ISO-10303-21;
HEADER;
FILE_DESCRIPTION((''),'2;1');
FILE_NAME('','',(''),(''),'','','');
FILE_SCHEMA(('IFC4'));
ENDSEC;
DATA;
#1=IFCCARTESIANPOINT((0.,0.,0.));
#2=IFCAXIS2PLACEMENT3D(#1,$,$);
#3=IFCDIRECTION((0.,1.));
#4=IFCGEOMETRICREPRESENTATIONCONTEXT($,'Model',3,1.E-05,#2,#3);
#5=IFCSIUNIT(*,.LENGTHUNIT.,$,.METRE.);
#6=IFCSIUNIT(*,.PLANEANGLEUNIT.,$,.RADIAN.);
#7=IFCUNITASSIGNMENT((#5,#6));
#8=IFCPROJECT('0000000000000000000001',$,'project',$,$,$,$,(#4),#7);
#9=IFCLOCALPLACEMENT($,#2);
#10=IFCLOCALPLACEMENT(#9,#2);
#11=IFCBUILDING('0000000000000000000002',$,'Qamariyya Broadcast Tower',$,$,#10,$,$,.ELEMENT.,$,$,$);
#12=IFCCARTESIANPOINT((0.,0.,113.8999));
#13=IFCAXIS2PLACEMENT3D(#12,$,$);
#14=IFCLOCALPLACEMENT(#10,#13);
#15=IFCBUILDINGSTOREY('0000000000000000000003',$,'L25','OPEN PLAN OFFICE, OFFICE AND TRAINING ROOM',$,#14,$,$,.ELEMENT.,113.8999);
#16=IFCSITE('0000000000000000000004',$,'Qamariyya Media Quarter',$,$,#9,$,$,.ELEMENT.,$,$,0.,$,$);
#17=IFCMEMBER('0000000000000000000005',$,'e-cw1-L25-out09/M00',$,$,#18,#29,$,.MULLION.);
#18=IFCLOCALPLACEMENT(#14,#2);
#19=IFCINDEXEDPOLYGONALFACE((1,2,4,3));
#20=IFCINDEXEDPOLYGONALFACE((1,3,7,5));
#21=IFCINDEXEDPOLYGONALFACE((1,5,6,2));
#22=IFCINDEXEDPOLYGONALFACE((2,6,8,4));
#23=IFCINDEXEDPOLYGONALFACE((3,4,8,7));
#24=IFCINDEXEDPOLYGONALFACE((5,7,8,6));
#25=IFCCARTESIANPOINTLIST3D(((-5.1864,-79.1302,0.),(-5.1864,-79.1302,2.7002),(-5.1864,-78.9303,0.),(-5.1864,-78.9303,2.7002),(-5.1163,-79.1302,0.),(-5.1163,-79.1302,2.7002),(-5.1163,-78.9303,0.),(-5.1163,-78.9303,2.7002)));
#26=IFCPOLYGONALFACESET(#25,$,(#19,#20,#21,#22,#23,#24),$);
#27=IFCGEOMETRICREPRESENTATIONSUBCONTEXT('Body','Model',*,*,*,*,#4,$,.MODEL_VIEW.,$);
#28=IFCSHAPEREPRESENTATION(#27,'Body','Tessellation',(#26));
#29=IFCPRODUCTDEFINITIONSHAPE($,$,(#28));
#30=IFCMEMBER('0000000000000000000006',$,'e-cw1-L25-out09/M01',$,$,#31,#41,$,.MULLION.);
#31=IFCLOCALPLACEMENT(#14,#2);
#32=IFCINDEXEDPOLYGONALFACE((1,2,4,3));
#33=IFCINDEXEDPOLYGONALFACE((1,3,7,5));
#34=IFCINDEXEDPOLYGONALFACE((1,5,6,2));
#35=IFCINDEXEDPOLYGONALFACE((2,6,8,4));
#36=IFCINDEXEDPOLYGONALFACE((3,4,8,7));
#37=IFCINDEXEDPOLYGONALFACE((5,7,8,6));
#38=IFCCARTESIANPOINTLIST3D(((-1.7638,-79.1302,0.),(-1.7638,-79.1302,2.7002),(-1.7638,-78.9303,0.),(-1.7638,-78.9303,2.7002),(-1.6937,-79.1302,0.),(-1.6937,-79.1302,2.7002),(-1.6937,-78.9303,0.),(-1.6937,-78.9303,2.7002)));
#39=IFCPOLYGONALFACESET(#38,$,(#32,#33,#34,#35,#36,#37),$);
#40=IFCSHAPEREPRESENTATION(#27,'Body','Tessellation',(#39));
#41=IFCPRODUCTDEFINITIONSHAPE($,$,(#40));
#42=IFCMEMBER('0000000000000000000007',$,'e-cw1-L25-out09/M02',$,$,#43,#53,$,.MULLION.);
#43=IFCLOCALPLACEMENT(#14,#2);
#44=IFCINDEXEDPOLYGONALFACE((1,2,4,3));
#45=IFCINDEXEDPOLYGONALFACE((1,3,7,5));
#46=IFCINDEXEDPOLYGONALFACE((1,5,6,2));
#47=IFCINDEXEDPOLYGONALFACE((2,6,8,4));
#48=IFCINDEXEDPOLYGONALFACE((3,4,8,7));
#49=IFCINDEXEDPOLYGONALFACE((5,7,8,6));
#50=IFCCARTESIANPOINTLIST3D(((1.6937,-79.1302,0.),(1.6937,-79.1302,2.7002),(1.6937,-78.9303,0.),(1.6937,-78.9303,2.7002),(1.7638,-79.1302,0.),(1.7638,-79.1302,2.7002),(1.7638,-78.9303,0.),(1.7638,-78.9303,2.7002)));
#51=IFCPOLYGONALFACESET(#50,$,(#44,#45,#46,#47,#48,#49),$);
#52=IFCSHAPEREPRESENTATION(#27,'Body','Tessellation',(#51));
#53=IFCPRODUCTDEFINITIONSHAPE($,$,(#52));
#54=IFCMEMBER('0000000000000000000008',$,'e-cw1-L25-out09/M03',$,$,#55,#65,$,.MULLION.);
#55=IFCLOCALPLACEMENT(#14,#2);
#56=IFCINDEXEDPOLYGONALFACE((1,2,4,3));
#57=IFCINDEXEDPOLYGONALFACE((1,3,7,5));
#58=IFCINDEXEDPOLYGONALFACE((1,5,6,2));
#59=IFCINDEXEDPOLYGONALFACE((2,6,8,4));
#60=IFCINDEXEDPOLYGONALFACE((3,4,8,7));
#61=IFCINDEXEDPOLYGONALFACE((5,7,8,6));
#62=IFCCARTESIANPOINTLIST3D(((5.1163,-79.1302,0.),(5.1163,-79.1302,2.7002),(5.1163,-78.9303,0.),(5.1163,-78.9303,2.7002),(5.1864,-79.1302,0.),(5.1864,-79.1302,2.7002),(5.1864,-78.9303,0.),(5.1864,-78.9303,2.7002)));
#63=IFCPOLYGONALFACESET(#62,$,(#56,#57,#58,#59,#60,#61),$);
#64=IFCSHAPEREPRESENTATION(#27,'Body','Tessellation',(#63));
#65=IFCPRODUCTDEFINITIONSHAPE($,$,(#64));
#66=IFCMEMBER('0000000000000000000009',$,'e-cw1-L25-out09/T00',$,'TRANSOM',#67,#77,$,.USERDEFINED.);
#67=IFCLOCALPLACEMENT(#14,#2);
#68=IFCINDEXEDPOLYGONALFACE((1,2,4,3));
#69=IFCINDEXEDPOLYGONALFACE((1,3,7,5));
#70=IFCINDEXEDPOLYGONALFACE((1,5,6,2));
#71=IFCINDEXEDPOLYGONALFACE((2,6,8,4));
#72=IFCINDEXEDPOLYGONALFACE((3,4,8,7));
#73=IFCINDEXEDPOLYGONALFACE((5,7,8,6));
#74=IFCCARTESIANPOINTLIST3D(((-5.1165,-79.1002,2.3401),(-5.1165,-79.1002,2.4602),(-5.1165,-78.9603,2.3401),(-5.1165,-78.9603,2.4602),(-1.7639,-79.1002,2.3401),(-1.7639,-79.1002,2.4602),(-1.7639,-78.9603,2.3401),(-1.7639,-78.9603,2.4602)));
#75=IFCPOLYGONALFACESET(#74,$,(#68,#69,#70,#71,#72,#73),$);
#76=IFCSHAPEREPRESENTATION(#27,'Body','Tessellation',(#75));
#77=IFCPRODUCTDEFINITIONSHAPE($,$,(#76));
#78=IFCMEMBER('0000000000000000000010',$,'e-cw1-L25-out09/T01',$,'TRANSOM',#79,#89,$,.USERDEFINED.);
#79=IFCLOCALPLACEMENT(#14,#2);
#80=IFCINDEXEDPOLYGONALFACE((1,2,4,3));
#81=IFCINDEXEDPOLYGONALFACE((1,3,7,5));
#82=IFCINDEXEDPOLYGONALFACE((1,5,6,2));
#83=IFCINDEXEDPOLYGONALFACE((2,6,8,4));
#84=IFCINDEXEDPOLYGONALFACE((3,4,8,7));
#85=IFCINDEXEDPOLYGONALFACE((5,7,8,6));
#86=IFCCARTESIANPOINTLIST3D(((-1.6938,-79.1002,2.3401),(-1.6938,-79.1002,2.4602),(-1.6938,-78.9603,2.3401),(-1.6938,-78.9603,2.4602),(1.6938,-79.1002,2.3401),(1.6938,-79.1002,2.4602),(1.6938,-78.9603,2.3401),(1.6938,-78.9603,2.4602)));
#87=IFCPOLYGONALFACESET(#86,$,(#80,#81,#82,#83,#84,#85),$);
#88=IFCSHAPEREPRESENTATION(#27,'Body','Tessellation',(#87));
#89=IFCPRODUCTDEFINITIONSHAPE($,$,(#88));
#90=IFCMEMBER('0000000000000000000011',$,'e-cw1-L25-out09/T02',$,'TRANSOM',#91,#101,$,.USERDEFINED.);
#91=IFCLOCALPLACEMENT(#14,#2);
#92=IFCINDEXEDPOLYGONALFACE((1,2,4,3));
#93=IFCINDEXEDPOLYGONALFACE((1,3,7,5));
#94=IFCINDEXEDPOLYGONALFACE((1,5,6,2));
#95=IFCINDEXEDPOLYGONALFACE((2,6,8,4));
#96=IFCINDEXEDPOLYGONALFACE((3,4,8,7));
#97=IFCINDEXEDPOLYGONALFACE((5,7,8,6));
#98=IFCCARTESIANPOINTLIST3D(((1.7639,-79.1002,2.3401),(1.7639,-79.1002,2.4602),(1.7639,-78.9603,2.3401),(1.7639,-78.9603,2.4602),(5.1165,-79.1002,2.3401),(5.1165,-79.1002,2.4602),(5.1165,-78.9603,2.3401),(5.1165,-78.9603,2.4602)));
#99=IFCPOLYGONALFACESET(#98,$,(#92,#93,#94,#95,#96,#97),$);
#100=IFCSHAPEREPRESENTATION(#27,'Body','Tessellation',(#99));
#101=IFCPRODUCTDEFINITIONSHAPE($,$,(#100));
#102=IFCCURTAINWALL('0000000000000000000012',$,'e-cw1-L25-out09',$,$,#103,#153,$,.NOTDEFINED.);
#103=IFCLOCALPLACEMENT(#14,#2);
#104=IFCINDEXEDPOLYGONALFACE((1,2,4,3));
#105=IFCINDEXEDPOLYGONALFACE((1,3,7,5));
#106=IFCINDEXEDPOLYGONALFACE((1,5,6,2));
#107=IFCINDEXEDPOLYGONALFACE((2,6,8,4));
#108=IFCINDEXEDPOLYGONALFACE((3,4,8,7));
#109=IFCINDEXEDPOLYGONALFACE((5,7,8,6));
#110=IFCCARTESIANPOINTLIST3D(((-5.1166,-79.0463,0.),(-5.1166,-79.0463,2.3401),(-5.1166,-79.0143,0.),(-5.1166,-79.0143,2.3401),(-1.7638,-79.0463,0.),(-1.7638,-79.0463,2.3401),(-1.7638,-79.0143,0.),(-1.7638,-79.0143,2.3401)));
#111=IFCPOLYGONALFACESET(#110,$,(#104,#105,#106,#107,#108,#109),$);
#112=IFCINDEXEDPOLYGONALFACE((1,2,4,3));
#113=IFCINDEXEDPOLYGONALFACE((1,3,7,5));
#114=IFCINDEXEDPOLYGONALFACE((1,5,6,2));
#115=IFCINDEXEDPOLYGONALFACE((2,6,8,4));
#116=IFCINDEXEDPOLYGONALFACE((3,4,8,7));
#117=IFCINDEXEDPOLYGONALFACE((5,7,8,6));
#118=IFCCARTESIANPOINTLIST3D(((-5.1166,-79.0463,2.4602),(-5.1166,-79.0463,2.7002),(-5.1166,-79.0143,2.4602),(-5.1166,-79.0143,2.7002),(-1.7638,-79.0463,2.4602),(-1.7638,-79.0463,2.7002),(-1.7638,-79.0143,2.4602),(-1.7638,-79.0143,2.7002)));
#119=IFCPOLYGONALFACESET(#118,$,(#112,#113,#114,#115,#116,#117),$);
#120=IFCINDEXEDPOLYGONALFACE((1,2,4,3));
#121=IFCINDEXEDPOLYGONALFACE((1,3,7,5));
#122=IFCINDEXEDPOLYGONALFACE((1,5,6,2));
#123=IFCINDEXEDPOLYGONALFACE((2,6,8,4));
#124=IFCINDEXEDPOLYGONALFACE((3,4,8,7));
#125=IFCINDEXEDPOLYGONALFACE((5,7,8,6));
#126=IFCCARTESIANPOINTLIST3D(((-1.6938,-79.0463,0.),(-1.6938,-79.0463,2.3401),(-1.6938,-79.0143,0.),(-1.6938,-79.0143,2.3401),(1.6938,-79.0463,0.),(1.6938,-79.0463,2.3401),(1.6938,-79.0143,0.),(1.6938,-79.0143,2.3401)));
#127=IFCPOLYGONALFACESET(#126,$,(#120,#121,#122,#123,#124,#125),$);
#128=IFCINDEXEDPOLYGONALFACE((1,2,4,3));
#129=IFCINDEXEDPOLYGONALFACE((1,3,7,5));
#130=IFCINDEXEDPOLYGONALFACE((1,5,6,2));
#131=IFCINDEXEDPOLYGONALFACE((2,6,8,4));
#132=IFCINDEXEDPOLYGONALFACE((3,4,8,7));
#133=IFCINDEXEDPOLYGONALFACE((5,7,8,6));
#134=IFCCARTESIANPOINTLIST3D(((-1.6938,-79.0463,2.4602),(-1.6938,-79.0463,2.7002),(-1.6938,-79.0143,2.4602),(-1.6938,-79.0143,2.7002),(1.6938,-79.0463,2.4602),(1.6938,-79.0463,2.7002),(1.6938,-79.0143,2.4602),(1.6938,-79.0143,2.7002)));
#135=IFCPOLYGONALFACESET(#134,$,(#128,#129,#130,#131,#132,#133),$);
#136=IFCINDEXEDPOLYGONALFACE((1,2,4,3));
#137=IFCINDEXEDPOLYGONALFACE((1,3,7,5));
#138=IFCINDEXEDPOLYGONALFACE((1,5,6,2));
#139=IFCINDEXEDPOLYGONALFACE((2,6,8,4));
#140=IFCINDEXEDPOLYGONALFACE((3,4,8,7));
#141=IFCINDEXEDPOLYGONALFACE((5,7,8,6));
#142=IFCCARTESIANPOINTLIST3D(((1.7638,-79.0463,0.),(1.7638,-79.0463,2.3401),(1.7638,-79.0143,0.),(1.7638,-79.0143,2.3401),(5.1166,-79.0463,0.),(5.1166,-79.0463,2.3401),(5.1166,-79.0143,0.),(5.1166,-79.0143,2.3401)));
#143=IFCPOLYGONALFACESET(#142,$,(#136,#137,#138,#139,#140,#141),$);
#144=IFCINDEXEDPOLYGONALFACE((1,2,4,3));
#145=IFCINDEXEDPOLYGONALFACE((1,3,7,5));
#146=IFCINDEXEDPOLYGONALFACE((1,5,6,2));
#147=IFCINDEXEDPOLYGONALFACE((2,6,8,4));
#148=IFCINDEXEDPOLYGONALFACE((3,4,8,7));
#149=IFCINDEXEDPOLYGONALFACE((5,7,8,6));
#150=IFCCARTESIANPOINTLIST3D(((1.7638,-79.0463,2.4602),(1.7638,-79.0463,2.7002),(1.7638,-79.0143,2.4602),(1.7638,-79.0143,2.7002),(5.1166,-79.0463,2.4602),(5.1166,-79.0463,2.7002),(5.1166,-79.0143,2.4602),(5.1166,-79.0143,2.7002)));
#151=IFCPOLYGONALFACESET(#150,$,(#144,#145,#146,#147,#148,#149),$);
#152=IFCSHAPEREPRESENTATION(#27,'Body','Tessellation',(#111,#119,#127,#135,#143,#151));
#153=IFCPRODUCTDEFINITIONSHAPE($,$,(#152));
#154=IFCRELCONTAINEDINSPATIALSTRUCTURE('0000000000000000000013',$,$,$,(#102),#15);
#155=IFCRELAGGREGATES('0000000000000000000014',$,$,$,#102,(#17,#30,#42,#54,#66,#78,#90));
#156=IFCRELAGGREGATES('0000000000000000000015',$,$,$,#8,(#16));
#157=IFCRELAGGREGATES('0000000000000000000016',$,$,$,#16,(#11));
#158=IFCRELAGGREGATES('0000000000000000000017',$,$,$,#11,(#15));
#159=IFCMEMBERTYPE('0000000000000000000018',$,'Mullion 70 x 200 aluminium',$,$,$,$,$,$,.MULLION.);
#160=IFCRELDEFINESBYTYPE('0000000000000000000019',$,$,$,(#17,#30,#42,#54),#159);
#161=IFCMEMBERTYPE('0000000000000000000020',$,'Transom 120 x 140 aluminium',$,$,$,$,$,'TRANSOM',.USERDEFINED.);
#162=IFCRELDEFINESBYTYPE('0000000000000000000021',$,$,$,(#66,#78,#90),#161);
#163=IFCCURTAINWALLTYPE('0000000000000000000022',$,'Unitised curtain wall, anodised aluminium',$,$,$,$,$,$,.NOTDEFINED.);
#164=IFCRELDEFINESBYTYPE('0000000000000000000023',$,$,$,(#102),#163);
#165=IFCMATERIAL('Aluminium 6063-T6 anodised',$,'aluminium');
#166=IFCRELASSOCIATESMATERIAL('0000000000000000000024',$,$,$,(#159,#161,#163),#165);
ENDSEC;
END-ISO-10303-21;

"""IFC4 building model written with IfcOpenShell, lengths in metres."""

from ifc_helpers import new_model, si_unit, direction, frame, origin, origin_2d, place, context, subcontext, project, spatial, rectangle, extrude, material, material_profile, profile_set, type_object, element, aggregate, save


model = new_model("IFC4")

# Units and contexts
model_context = context("Model", 3, precision=1e-05, world=origin(), true_north=direction((0.0, 1.0)))
body_context = subcontext(model_context, "Body", "Model", "MODEL_VIEW")
ifc_project = project(units=[si_unit("LENGTHUNIT", "METRE"), si_unit("PLANEANGLEUNIT", "RADIAN")], contexts=[model_context])

# Members
ifc_material = material(Name="Aluminium 6063-T6 anodised", Category="aluminium")
ifc_material_profile_1 = material_profile(ifc_material, rectangle(XDim=0.2, YDim=0.0701, at=origin_2d()))
ifc_profile_set_1 = profile_set([ifc_material_profile_1], Name="Aluminium 6063-T6 anodised")
member_type_1 = type_object("IfcMemberType", Name="Mullion 70 x 200 aluminium", PredefinedType="MULLION", material=ifc_profile_set_1)
site_placement = place(None, origin())
building_placement = place(site_placement, origin())
storey_placement = place(building_placement, frame((0.0, 0.0, 113.8999)))
member_1_placement = place(storey_placement, frame((-5.1514, -79.0303, 0.0), z_axis=(0.0, 0.0, 1.0), x_axis=(0.0, 1.0, 0.0)))
member_1 = element("IfcMember", 1, at=member_1_placement, type_object=member_type_1, Name="e-cw1-L25-out09/M00", PredefinedType="MULLION", context=body_context, shape_type="SweptSolid", body=[
    extrude(rectangle(XDim=0.2, YDim=0.0701, at=origin_2d()), origin(), (0.0, 0.0, 1.0), 2.7002),
])
member_2_placement = place(storey_placement, frame((-1.7288, -79.0303, 0.0), z_axis=(0.0, 0.0, 1.0), x_axis=(0.0, 1.0, 0.0)))
member_2 = element("IfcMember", 2, at=member_2_placement, type_object=member_type_1, Name="e-cw1-L25-out09/M01", PredefinedType="MULLION", context=body_context, shape_type="SweptSolid", body=[
    extrude(rectangle(XDim=0.2, YDim=0.0701, at=origin_2d()), origin(), (0.0, 0.0, 1.0), 2.7002),
])
member_3_placement = place(storey_placement, frame((1.7288, -79.0303, 0.0), z_axis=(0.0, 0.0, 1.0), x_axis=(0.0, 1.0, 0.0)))
member_3 = element("IfcMember", 3, at=member_3_placement, type_object=member_type_1, Name="e-cw1-L25-out09/M02", PredefinedType="MULLION", context=body_context, shape_type="SweptSolid", body=[
    extrude(rectangle(XDim=0.2, YDim=0.0701, at=origin_2d()), origin(), (0.0, 0.0, 1.0), 2.7002),
])
member_4_placement = place(storey_placement, frame((5.1514, -79.0303, 0.0), z_axis=(0.0, 0.0, 1.0), x_axis=(0.0, 1.0, 0.0)))
member_4 = element("IfcMember", 4, at=member_4_placement, type_object=member_type_1, Name="e-cw1-L25-out09/M03", PredefinedType="MULLION", context=body_context, shape_type="SweptSolid", body=[
    extrude(rectangle(XDim=0.2, YDim=0.0701, at=origin_2d()), origin(), (0.0, 0.0, 1.0), 2.7002),
])
ifc_material_profile_2 = material_profile(ifc_material, rectangle(XDim=0.1399, YDim=0.1201, at=origin_2d()))
ifc_profile_set_2 = profile_set([ifc_material_profile_2], Name="Aluminium 6063-T6 anodised")
member_type_2 = type_object("IfcMemberType", Name="Transom 120 x 140 aluminium", ElementType="TRANSOM", PredefinedType="USERDEFINED", material=ifc_profile_set_2)
member_5_placement = place(storey_placement, frame((-5.1165, -79.0303, 2.4001), z_axis=(1.0, 0.0, 0.0), x_axis=(0.0, 1.0, 0.0)))
member_5 = element("IfcMember", 5, at=member_5_placement, type_object=member_type_2, Name="e-cw1-L25-out09/T00", ObjectType="TRANSOM", PredefinedType="USERDEFINED", context=body_context, shape_type="SweptSolid", body=[
    extrude(rectangle(XDim=0.1399, YDim=0.1201, at=origin_2d()), origin(), (0.0, 0.0, 1.0), 3.3525),
])
member_6_placement = place(storey_placement, frame((-1.6938, -79.0303, 2.4001), z_axis=(1.0, 0.0, 0.0), x_axis=(0.0, 1.0, 0.0)))
member_6 = element("IfcMember", 6, at=member_6_placement, type_object=member_type_2, Name="e-cw1-L25-out09/T01", ObjectType="TRANSOM", PredefinedType="USERDEFINED", context=body_context, shape_type="SweptSolid", body=[
    extrude(rectangle(XDim=0.1399, YDim=0.1201, at=origin_2d()), origin(), (0.0, 0.0, 1.0), 3.3877),
])
member_7_placement = place(storey_placement, frame((1.7639, -79.0303, 2.4001), z_axis=(1.0, 0.0, 0.0), x_axis=(0.0, 1.0, 0.0)))
member_7 = element("IfcMember", 7, at=member_7_placement, type_object=member_type_2, Name="e-cw1-L25-out09/T02", ObjectType="TRANSOM", PredefinedType="USERDEFINED", context=body_context, shape_type="SweptSolid", body=[
    extrude(rectangle(XDim=0.1399, YDim=0.1201, at=origin_2d()), origin(), (0.0, 0.0, 1.0), 3.3525),
])

# Site, building, storey
site = spatial("IfcSite", under=ifc_project, at=site_placement, Name="Qamariyya Media Quarter", CompositionType="ELEMENT", RefElevation=0.0)
building = spatial("IfcBuilding", under=site, at=building_placement, Name="Qamariyya Broadcast Tower", CompositionType="ELEMENT")
storey = spatial("IfcBuildingStorey", under=building, at=storey_placement, Name="L25", Description="OPEN PLAN OFFICE, OFFICE AND TRAINING ROOM", CompositionType="ELEMENT", Elevation=113.8999)

# Curtain wall
curtain_wall_type = type_object("IfcCurtainWallType", Name="Unitised curtain wall, anodised aluminium", PredefinedType="NOTDEFINED", material=ifc_material)
curtain_wall_1_placement = place(storey_placement, origin())
curtain_wall_1 = element("IfcCurtainWall", 8, at=curtain_wall_1_placement, inside=storey, type_object=curtain_wall_type, Name="e-cw1-L25-out09", PredefinedType="NOTDEFINED", context=body_context, shape_type="SweptSolid", body=[
    extrude(rectangle(XDim=3.3528, YDim=0.032, at=origin_2d()), frame((-3.4402, -79.0303, 0.0), x_axis=(1.0, 0.0, 0.0)), (0.0, 0.0, 1.0), 2.3401),
    extrude(rectangle(XDim=3.3528, YDim=0.032, at=origin_2d()), frame((-3.4402, -79.0303, 2.4602), x_axis=(1.0, 0.0, 0.0)), (0.0, 0.0, 1.0), 0.24),
    extrude(rectangle(XDim=3.3877, YDim=0.032, at=origin_2d()), frame((0.0, -79.0303, 0.0), x_axis=(1.0, 0.0, 0.0)), (0.0, 0.0, 1.0), 2.3401),
    extrude(rectangle(XDim=3.3877, YDim=0.032, at=origin_2d()), frame((0.0, -79.0303, 2.4602), x_axis=(1.0, 0.0, 0.0)), (0.0, 0.0, 1.0), 0.24),
    extrude(rectangle(XDim=3.3528, YDim=0.032, at=origin_2d()), frame((3.4402, -79.0303, 0.0), x_axis=(1.0, 0.0, 0.0)), (0.0, 0.0, 1.0), 2.3401),
    extrude(rectangle(XDim=3.3528, YDim=0.032, at=origin_2d()), frame((3.4402, -79.0303, 2.4602), x_axis=(1.0, 0.0, 0.0)), (0.0, 0.0, 1.0), 0.24),
])
aggregate(curtain_wall_1, [member_1, member_2, member_3, member_4, member_5, member_6, member_7])

save(model, "model.ifc")
